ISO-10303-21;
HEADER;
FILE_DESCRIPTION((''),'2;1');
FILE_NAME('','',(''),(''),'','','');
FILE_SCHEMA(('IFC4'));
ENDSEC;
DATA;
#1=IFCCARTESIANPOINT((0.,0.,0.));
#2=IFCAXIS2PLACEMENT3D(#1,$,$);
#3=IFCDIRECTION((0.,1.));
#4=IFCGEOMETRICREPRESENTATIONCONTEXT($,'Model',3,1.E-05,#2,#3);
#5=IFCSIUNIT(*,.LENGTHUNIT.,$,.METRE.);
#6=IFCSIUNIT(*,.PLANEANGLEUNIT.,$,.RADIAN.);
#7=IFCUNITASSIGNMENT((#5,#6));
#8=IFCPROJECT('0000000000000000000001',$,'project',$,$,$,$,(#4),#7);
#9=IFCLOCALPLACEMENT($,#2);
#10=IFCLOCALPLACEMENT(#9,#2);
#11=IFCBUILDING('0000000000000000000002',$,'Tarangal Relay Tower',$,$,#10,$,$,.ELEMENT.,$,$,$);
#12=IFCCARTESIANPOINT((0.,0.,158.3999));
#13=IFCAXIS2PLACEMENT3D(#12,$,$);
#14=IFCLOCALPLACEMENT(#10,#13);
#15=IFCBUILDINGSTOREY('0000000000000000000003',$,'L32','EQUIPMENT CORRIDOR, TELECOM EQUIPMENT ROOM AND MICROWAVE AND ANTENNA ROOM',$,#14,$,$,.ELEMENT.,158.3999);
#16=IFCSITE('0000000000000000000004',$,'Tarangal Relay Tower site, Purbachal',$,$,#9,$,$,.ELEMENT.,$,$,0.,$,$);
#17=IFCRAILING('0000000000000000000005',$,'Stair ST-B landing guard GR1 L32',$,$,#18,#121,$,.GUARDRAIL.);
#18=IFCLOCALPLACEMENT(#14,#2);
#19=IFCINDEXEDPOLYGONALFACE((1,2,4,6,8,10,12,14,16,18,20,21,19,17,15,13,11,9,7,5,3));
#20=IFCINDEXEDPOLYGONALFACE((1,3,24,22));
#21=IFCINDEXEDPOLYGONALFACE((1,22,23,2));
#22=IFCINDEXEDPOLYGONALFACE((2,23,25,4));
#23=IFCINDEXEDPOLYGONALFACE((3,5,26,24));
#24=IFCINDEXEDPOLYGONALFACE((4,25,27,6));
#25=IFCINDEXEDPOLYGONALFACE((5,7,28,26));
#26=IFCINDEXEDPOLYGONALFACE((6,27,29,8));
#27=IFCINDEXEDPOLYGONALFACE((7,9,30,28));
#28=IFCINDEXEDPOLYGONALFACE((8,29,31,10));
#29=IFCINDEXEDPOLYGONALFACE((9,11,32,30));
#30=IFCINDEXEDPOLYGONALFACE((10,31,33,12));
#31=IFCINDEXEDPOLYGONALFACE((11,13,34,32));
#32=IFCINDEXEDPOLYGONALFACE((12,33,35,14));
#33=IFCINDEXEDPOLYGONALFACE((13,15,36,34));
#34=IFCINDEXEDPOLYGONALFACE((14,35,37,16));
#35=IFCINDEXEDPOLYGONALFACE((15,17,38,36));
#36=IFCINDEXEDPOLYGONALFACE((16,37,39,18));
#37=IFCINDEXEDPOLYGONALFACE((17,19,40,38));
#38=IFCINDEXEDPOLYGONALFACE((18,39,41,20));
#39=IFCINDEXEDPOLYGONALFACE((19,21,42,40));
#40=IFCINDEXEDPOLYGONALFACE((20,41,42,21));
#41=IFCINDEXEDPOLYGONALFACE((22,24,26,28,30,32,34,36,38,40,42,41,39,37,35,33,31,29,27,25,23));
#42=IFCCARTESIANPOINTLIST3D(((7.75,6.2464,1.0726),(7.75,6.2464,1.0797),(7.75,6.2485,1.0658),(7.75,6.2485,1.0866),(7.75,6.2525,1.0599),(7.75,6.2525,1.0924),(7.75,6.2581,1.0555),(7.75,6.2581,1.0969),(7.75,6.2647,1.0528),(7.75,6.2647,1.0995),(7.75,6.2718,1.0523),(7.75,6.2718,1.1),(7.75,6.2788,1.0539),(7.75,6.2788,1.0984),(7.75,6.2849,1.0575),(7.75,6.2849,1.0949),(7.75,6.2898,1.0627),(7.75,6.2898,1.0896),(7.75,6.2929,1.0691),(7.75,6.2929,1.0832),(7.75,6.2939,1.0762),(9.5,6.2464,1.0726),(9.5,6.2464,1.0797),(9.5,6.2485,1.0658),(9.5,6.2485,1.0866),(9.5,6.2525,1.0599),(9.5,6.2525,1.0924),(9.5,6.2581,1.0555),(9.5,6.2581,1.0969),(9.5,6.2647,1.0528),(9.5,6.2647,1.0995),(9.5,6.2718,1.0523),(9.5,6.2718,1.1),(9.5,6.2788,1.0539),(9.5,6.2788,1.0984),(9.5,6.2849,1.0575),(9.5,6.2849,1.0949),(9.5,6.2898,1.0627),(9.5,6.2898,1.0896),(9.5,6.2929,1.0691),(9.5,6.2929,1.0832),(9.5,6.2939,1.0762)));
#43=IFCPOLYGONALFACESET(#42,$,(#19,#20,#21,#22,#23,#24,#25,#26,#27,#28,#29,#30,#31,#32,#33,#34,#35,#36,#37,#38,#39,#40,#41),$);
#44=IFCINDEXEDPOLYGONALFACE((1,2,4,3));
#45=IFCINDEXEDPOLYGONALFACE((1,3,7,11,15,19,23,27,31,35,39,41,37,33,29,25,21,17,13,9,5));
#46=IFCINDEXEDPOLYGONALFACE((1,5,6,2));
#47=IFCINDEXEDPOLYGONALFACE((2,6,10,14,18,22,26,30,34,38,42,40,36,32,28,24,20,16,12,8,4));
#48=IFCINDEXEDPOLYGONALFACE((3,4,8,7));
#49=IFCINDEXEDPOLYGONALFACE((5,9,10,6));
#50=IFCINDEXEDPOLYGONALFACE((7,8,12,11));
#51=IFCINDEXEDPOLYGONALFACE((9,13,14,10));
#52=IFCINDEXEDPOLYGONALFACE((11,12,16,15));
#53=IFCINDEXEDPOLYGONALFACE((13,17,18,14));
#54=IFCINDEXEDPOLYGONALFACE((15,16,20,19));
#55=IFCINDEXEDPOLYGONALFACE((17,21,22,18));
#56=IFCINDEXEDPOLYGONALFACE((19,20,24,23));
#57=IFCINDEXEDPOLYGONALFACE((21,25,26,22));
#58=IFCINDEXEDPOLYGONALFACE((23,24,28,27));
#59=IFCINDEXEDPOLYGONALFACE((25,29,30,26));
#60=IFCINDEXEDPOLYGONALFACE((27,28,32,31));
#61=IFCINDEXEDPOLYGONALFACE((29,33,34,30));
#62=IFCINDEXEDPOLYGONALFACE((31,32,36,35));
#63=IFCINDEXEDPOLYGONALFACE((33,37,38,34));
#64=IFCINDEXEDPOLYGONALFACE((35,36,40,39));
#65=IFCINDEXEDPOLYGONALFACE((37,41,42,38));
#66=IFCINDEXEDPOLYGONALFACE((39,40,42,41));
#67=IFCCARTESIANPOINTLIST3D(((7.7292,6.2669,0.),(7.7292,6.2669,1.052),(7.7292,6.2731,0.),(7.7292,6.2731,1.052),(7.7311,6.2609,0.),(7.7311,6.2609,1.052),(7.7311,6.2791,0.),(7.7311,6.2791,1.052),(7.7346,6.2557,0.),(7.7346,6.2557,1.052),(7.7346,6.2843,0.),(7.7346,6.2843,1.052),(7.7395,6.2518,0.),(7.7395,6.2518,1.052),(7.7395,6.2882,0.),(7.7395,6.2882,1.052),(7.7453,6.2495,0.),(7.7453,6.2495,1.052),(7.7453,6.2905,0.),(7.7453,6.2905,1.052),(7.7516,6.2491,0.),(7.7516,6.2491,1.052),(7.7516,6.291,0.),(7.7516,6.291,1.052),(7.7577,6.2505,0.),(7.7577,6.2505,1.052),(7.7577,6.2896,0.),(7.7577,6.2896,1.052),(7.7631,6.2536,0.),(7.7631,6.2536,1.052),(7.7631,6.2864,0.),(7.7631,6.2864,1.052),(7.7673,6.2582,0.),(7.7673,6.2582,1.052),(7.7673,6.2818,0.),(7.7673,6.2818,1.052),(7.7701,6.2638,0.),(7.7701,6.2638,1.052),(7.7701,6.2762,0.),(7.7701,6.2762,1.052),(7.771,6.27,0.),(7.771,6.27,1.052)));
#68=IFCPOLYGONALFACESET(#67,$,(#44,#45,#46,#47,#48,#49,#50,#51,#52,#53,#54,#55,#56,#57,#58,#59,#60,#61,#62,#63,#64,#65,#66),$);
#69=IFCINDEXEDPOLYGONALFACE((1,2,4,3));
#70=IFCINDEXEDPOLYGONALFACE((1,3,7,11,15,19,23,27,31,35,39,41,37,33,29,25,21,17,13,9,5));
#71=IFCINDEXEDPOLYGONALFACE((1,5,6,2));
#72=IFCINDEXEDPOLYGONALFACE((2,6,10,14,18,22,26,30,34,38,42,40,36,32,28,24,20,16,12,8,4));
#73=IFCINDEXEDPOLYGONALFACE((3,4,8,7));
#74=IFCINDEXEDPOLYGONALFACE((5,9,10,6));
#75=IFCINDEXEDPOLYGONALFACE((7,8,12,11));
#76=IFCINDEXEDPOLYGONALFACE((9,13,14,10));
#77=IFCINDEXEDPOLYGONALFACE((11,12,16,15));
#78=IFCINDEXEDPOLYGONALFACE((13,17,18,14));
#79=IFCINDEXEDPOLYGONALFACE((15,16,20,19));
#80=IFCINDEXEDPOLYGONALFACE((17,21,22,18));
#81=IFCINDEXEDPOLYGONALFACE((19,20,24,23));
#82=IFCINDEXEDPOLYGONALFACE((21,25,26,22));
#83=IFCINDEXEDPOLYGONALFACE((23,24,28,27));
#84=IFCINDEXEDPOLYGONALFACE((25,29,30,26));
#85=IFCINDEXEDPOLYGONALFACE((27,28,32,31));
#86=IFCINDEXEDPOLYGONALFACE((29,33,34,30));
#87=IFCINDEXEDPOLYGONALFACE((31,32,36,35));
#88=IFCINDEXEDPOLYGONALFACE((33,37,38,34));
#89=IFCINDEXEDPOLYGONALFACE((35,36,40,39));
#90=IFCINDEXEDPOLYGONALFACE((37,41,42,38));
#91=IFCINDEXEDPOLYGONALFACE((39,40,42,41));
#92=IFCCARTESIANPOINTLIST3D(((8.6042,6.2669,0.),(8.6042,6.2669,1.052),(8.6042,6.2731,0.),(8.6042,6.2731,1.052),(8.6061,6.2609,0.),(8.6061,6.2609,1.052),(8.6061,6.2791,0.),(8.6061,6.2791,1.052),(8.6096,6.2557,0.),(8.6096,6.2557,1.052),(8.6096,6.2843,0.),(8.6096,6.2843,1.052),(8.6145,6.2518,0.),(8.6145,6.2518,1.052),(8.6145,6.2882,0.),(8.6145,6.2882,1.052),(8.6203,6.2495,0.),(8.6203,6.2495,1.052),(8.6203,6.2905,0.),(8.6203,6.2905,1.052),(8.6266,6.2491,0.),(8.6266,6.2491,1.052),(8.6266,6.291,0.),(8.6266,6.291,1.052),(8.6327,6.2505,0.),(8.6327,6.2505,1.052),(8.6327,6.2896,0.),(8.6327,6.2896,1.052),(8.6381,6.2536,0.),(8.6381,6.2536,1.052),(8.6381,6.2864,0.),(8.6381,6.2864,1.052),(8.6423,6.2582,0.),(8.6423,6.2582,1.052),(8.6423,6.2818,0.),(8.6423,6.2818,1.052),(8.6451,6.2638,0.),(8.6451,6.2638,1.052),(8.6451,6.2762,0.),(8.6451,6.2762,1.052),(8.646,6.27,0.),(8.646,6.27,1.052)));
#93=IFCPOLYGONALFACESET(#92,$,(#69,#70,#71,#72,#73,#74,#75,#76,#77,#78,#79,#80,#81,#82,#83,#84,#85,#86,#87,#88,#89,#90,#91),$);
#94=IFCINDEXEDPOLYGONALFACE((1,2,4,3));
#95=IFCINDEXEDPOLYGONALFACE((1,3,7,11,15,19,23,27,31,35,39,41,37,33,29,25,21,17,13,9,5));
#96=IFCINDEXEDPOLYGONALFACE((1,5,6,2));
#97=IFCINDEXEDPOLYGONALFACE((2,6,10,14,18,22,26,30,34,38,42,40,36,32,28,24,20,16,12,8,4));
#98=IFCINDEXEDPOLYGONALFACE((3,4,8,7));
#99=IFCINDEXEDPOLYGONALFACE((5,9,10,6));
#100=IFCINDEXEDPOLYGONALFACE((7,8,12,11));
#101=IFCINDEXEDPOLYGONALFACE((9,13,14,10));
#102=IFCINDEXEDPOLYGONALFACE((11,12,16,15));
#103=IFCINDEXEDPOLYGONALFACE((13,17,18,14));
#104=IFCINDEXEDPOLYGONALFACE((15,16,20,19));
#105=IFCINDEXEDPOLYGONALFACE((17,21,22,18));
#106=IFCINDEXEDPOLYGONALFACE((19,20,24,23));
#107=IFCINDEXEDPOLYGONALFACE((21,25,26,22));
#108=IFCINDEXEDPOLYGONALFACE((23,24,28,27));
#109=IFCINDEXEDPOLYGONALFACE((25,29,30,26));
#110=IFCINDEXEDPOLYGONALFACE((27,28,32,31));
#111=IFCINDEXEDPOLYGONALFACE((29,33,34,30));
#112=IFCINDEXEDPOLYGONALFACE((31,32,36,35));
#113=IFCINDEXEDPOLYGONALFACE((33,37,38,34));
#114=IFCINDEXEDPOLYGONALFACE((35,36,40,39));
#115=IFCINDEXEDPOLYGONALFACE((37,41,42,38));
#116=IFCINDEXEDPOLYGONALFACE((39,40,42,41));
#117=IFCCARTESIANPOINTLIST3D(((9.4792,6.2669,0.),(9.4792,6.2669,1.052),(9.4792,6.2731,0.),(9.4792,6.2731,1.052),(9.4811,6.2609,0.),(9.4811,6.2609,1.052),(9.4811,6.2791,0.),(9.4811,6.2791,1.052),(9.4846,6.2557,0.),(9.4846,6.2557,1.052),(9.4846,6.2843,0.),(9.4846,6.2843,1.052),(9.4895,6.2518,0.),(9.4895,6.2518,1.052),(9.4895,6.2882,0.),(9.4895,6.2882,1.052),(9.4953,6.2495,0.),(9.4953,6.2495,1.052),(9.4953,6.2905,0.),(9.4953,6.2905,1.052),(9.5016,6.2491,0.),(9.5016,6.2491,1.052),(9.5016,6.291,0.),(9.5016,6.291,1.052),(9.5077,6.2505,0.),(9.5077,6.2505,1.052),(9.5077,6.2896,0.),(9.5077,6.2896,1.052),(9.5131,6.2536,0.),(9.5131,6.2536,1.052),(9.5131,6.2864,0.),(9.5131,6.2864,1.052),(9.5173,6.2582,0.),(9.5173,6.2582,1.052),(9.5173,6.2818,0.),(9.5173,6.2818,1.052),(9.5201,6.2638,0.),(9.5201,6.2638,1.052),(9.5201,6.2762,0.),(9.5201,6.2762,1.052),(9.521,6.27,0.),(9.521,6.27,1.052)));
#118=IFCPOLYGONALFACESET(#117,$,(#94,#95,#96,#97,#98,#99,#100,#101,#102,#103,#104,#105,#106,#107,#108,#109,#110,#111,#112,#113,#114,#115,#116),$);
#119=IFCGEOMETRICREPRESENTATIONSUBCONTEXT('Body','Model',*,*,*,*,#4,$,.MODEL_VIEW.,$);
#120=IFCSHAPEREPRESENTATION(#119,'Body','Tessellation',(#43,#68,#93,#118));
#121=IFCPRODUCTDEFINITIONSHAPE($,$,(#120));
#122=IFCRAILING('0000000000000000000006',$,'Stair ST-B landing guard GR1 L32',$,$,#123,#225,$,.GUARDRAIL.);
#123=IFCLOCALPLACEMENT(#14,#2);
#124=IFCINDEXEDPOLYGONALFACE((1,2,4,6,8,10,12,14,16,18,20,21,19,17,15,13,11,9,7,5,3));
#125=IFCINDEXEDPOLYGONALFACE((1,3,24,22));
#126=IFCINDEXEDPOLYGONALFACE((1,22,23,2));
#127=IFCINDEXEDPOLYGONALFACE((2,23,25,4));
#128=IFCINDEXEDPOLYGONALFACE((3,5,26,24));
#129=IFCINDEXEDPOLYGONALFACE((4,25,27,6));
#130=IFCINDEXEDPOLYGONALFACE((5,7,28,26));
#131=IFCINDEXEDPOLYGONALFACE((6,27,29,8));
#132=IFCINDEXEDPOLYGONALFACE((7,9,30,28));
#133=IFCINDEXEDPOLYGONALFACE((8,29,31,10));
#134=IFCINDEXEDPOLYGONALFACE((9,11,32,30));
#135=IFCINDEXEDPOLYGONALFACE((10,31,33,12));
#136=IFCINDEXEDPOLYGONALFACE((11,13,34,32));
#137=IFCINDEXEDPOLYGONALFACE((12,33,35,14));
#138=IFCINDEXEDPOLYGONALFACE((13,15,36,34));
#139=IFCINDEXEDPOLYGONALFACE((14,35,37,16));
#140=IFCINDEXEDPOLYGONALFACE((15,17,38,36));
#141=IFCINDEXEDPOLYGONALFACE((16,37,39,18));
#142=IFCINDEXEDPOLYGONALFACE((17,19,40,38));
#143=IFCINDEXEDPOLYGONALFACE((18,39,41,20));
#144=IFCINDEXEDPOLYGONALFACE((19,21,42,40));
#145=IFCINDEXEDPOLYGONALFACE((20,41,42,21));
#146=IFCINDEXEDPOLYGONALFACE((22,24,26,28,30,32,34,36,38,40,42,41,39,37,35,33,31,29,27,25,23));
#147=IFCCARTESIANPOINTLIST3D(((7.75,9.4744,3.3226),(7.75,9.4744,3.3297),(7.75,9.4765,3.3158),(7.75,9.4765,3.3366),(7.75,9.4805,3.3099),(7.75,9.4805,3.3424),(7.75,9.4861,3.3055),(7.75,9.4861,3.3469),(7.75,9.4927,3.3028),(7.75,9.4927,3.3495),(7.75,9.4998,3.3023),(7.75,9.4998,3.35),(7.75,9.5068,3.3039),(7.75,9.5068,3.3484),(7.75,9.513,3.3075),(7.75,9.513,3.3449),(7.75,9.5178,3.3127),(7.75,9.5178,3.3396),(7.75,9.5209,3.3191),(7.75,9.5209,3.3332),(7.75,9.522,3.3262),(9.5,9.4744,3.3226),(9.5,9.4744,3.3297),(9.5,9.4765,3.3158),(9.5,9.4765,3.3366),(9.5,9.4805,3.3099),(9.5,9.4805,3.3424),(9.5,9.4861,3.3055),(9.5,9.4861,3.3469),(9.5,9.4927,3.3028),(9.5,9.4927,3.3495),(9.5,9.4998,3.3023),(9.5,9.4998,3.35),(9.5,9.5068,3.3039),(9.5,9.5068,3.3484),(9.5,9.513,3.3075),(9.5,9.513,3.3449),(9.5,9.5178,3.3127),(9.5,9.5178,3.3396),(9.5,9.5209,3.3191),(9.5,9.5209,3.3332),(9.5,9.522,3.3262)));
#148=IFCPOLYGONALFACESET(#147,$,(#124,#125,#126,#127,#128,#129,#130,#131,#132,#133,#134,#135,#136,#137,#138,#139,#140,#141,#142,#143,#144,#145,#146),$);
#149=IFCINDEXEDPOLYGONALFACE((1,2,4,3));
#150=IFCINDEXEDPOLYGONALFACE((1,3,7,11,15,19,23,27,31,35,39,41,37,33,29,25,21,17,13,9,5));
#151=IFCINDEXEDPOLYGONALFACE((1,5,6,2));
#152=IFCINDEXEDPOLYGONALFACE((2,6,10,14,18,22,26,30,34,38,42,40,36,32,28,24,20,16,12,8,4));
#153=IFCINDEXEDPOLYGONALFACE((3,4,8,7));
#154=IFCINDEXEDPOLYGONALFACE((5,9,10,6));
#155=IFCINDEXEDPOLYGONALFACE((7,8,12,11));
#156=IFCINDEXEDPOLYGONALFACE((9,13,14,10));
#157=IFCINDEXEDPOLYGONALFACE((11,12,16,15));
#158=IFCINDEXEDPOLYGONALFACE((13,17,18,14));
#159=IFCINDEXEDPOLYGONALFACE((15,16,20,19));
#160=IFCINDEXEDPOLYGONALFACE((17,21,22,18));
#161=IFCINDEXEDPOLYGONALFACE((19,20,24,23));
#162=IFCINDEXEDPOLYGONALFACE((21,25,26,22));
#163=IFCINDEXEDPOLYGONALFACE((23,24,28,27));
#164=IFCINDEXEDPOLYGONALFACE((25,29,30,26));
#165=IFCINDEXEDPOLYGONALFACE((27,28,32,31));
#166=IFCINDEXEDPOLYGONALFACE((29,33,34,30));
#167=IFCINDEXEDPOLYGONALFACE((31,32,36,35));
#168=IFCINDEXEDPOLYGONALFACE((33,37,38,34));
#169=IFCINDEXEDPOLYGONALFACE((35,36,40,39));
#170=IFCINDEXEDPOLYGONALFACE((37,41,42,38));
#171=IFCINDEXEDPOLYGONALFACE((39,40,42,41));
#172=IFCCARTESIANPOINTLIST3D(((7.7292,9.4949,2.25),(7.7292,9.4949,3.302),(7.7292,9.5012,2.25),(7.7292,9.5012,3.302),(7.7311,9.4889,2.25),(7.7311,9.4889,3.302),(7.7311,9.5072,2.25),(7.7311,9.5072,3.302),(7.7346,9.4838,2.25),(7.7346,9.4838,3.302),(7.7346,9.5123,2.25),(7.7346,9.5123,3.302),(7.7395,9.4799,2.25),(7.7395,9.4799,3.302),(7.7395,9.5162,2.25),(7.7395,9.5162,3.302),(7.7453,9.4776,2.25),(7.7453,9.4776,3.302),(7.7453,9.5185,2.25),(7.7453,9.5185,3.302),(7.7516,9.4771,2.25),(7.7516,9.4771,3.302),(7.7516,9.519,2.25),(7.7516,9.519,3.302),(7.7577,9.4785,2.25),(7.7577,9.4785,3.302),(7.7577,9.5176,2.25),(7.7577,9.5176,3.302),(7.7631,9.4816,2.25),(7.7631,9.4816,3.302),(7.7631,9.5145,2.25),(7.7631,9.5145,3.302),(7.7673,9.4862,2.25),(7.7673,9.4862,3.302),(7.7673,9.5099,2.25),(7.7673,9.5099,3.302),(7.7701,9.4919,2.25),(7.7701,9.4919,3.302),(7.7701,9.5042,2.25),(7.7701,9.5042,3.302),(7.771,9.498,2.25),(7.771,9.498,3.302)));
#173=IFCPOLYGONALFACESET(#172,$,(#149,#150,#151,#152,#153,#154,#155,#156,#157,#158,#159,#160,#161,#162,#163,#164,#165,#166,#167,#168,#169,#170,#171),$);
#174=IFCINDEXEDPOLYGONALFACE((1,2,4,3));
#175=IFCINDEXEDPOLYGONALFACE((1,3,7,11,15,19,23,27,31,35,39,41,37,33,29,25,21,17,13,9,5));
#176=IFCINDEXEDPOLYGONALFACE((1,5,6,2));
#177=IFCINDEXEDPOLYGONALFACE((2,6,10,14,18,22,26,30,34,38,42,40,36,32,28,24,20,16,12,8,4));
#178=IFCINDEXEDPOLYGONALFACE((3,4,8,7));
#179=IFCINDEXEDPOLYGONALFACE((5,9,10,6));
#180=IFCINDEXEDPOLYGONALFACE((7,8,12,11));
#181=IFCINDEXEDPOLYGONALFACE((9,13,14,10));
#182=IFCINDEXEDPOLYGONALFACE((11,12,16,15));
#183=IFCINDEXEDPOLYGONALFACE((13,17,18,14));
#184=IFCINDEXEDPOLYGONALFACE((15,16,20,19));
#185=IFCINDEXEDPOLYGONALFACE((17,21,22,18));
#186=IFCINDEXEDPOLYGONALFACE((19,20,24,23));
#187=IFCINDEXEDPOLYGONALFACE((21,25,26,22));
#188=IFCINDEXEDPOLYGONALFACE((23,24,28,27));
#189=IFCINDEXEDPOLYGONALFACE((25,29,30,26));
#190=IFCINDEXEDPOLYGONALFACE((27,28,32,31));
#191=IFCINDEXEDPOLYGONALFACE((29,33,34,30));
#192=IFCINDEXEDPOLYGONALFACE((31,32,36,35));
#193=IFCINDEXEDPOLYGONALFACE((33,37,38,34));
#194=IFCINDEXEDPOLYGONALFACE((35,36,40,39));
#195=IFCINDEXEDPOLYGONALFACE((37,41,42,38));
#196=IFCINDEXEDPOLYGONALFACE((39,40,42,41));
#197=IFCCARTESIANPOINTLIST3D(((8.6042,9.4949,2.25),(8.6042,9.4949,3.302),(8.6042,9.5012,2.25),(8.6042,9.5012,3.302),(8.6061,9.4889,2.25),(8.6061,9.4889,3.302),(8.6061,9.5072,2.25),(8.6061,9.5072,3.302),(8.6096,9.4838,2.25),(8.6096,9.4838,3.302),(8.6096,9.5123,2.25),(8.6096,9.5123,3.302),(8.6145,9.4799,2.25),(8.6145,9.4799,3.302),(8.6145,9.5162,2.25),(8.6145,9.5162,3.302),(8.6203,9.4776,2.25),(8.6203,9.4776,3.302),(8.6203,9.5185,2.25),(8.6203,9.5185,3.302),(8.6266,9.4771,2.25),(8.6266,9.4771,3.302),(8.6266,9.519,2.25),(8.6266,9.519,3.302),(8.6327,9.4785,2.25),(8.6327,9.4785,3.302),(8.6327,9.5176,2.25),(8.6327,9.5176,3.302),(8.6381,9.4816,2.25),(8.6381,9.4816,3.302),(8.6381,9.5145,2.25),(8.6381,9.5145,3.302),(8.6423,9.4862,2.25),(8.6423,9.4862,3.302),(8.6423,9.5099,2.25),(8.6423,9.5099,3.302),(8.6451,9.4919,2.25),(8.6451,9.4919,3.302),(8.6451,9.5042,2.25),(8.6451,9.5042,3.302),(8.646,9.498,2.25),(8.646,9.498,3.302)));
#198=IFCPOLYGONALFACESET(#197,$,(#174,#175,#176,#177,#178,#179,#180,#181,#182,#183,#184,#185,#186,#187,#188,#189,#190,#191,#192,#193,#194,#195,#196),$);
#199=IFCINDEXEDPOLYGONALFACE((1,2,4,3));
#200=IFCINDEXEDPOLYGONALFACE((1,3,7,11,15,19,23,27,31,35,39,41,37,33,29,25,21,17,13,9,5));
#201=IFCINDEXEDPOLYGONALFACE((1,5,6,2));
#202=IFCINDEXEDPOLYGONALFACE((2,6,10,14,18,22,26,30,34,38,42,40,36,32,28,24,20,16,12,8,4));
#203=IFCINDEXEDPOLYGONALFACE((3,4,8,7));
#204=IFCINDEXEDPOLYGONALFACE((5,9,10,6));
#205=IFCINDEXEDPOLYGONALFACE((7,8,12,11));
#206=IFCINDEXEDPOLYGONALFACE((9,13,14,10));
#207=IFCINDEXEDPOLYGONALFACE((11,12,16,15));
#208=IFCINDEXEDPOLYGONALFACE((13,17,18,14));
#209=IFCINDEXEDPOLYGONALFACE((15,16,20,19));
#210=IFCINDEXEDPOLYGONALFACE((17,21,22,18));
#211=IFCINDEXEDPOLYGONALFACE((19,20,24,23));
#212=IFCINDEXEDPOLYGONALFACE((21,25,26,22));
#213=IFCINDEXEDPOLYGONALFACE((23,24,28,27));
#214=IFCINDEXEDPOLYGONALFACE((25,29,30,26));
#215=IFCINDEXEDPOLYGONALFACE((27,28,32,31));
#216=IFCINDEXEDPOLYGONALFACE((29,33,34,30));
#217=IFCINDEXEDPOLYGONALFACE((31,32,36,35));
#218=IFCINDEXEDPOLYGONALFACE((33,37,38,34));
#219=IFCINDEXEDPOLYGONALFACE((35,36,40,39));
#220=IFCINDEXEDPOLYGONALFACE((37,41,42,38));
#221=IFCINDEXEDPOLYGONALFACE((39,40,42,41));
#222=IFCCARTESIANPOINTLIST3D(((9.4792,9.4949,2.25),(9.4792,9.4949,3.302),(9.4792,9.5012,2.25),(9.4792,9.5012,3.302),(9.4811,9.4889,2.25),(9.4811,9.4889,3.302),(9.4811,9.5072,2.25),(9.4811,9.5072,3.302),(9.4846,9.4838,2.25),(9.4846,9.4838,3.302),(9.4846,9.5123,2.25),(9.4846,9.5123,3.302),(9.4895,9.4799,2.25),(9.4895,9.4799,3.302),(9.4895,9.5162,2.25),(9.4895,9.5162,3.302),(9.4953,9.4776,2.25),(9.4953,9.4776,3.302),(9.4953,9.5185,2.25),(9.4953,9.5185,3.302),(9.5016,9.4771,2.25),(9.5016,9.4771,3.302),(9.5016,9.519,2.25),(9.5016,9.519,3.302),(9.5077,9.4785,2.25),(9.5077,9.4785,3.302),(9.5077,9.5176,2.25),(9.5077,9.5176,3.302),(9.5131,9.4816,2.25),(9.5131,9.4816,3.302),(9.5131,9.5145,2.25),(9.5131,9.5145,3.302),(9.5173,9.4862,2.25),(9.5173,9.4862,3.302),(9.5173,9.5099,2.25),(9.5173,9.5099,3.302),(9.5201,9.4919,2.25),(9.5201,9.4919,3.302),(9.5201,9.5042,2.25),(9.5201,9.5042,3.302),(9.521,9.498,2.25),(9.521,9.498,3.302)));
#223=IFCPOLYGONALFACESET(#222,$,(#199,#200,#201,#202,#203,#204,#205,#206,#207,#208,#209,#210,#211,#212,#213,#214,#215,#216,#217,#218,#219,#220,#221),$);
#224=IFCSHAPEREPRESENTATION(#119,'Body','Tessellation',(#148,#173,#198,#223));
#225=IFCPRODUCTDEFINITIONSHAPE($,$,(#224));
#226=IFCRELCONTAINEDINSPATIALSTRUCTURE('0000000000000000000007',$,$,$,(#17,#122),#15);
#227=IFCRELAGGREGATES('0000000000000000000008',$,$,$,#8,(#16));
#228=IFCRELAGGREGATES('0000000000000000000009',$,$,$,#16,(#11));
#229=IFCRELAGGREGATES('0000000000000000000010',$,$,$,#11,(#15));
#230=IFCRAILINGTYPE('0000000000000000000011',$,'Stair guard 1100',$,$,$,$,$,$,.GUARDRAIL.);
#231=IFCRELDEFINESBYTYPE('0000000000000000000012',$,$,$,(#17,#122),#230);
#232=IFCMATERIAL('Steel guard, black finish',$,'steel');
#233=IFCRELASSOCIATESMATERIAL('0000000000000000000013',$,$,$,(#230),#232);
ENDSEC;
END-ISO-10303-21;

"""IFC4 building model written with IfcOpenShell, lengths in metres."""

from ifc_helpers import new_model, si_unit, direction, frame, origin, origin_2d, place, context, subcontext, project, spatial, circle, extrude, material, type_object, element, save


model = new_model("IFC4")

# Units and contexts
model_context = context("Model", 3, precision=1e-05, world=origin(), true_north=direction((0.0, 1.0)))
body_context = subcontext(model_context, "Body", "Model", "MODEL_VIEW")
ifc_project = project(units=[si_unit("LENGTHUNIT", "METRE"), si_unit("PLANEANGLEUNIT", "RADIAN")], contexts=[model_context])

# Site, building, storey
site_placement = place(None, origin())
site = spatial("IfcSite", under=ifc_project, at=site_placement, Name="Tarangal Relay Tower site, Purbachal", CompositionType="ELEMENT", RefElevation=0.0)
building_placement = place(site_placement, origin())
building = spatial("IfcBuilding", under=site, at=building_placement, Name="Tarangal Relay Tower", CompositionType="ELEMENT")
storey_placement = place(building_placement, frame((0.0, 0.0, 158.3999)))
storey = spatial("IfcBuildingStorey", under=building, at=storey_placement, Name="L32", Description="EQUIPMENT CORRIDOR, TELECOM EQUIPMENT ROOM AND MICROWAVE AND ANTENNA ROOM", CompositionType="ELEMENT", Elevation=158.3999)

# Railings
ifc_material_1 = material(Name="Steel guard, black finish", Category="steel")
railing_type_1 = type_object("IfcRailingType", Name="Stair guard 1100", PredefinedType="GUARDRAIL", material=ifc_material_1)
for number, where, name in (
    (1, (7.75, 6.27, 0.0), "Stair ST-B landing guard GR1 L32"),
    (2, (7.75, 9.498, 2.25), "Stair ST-B landing guard GR1 L32"),
):
    element("IfcRailing", number, at=place(storey_placement, frame(where)), inside=storey, type_object=railing_type_1, Name=name, PredefinedType="GUARDRAIL", context=body_context, shape_type="SweptSolid", body=[
        extrude(circle(Radius=0.0239, at=origin_2d()), frame((0.0, 0.0, 1.0762), z_axis=(1.0, 0.0, 0.0), x_axis=(0.0, 1.0, 0.0)), (0.0, 0.0, 1.0), 1.75),
        extrude(circle(Radius=0.021, at=origin_2d()), origin(), (0.0, 0.0, 1.0), 1.052),
        extrude(circle(Radius=0.021, at=origin_2d()), frame((0.875, 0.0, 0.0)), (0.0, 0.0, 1.0), 1.052),
        extrude(circle(Radius=0.021, at=origin_2d()), frame((1.75, 0.0, 0.0)), (0.0, 0.0, 1.0), 1.052),
    ])

save(model, "model.ifc")
